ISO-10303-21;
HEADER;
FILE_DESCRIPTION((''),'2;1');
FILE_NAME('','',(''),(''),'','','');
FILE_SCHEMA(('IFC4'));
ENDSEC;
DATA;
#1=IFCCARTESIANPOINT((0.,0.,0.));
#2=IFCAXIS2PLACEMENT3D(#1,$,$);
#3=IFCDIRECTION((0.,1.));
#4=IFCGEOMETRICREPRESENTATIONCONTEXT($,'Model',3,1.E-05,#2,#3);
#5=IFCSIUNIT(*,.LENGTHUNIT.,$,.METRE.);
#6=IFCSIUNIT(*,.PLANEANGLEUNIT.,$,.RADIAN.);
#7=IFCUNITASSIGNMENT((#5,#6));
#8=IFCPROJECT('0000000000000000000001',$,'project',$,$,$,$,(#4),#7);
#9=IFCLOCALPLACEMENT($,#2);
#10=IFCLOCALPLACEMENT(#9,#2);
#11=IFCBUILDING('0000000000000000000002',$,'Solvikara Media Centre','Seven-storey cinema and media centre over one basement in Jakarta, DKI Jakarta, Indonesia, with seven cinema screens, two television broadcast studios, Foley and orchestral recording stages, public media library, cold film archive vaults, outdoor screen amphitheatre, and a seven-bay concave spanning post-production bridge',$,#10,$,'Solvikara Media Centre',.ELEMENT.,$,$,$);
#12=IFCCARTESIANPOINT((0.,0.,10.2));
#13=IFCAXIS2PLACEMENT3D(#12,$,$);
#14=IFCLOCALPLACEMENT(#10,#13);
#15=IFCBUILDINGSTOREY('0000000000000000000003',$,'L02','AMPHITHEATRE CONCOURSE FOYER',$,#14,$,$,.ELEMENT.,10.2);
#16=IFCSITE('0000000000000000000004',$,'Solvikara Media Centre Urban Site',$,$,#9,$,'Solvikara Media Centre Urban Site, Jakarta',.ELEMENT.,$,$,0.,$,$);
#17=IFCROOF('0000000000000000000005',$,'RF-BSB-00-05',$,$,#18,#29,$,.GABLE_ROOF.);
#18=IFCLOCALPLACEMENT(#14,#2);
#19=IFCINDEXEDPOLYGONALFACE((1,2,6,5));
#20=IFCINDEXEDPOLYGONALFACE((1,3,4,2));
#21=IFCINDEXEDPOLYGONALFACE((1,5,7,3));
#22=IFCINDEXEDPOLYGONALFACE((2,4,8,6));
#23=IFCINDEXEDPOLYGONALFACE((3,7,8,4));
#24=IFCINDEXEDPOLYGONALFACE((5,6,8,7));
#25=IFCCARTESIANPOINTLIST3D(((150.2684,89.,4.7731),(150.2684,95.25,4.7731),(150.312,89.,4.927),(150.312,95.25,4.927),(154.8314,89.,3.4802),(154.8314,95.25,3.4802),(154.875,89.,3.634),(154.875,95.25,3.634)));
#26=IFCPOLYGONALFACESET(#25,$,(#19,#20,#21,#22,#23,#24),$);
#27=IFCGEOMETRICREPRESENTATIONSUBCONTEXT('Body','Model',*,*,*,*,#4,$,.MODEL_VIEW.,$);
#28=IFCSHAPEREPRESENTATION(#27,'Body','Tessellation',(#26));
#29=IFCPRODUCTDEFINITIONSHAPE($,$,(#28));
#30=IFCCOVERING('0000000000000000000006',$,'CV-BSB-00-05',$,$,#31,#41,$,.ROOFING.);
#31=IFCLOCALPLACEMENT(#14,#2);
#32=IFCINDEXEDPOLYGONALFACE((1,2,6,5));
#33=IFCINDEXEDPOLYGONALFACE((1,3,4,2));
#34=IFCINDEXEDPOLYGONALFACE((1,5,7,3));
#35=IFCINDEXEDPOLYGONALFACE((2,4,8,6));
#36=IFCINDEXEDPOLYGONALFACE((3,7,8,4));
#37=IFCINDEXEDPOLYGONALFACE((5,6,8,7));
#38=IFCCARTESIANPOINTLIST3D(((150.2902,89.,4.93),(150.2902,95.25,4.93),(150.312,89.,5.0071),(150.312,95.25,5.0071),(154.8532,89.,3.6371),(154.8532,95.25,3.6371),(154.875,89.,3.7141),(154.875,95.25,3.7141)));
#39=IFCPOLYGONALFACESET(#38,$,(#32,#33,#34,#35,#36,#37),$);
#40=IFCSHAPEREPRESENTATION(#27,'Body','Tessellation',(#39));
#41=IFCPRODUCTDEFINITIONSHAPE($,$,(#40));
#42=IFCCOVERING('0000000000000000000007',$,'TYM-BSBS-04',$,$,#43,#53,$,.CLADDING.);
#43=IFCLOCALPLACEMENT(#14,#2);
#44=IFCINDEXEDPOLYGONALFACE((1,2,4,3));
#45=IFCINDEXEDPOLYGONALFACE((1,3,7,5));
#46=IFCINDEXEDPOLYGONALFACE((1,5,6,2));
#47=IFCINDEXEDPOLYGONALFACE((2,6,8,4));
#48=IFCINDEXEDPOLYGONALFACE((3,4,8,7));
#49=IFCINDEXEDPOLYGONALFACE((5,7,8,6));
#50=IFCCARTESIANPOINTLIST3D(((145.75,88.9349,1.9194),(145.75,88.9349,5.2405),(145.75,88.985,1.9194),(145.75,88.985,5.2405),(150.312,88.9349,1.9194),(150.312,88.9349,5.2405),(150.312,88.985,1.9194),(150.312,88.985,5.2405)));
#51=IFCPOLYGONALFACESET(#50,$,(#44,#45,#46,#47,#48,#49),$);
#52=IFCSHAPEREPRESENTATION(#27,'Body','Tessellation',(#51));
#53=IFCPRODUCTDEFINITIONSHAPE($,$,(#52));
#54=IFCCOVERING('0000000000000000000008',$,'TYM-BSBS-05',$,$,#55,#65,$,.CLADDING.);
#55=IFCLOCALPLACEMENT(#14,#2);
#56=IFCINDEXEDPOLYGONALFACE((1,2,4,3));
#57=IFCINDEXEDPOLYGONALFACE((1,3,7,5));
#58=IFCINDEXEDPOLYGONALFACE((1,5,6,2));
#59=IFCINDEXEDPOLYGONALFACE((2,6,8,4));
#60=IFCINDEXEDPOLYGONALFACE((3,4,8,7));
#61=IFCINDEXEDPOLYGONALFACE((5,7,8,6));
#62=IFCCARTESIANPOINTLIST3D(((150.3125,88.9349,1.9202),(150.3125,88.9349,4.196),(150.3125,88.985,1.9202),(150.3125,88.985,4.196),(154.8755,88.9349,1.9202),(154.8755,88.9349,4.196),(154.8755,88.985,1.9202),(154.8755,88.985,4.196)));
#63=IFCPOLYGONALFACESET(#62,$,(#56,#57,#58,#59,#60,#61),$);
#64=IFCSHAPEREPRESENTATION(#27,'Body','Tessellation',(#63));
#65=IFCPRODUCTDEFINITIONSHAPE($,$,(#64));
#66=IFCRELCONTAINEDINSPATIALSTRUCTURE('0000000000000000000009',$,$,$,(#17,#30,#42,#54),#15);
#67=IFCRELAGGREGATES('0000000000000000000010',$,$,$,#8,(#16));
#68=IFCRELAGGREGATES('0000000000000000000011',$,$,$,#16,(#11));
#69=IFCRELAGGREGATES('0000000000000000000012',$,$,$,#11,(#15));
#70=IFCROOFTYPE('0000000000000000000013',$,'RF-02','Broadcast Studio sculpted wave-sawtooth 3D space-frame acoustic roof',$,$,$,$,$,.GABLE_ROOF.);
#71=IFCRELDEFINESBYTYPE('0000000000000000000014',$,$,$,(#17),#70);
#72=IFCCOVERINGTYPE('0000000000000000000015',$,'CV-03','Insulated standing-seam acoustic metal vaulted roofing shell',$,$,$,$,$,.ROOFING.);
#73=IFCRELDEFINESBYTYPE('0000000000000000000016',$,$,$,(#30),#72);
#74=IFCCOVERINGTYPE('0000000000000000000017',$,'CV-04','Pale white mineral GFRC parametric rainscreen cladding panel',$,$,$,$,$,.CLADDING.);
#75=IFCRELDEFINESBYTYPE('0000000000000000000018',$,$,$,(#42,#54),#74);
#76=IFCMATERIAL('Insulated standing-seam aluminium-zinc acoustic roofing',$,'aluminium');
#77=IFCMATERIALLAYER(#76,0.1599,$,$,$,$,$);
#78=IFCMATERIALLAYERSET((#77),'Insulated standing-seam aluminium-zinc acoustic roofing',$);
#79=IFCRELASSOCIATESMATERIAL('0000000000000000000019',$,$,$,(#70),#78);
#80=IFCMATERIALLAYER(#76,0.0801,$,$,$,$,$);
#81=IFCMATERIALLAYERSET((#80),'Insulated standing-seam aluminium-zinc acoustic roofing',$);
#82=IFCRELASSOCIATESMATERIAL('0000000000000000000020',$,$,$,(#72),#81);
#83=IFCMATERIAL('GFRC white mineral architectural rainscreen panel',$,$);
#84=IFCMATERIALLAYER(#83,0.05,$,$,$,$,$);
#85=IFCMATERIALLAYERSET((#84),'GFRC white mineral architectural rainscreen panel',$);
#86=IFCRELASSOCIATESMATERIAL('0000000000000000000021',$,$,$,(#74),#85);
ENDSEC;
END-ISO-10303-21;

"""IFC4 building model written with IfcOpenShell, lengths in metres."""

from ifc_helpers import new_model, si_unit, direction, frame, origin, origin_2d, place, context, subcontext, project, spatial, polyline, rectangle, outline, extrude, material, layer, layer_set, type_object, element, save


model = new_model("IFC4")

# Units and contexts
model_context = context("Model", 3, precision=1e-05, world=origin(), true_north=direction((0.0, 1.0)))
body_context = subcontext(model_context, "Body", "Model", "MODEL_VIEW")
ifc_project = project(units=[si_unit("LENGTHUNIT", "METRE"), si_unit("PLANEANGLEUNIT", "RADIAN")], contexts=[model_context])

# Site, building, storey
site_placement = place(None, origin())
site = spatial("IfcSite", under=ifc_project, at=site_placement, Name="Solvikara Media Centre Urban Site", LongName="Solvikara Media Centre Urban Site, Jakarta", CompositionType="ELEMENT", RefElevation=0.0)
building_placement = place(site_placement, origin())
building = spatial("IfcBuilding", under=site, at=building_placement, Name="Solvikara Media Centre", Description="Seven-storey cinema and media centre over one basement in Jakarta, DKI Jakarta, Indonesia, with seven cinema screens, two television broadcast studios, Foley and orchestral recording stages, public media library, cold film archive vaults, outdoor screen amphitheatre, and a seven-bay concave spanning post-production bridge", LongName="Solvikara Media Centre", CompositionType="ELEMENT")
storey_placement = place(building_placement, frame((0.0, 0.0, 10.2)))
storey = spatial("IfcBuildingStorey", under=building, at=storey_placement, Name="L02", Description="AMPHITHEATRE CONCOURSE FOYER", CompositionType="ELEMENT", Elevation=10.2)

# Roof
ifc_material_1 = material(Name="Insulated standing-seam aluminium-zinc acoustic roofing", Category="aluminium")
ifc_layer_1 = layer(ifc_material_1, 0.1599)
ifc_layer_set_1 = layer_set([ifc_layer_1], Name="Insulated standing-seam aluminium-zinc acoustic roofing")
roof_type = type_object("IfcRoofType", Name="RF-02", Description="Broadcast Studio sculpted wave-sawtooth 3D space-frame acoustic roof", PredefinedType="GABLE_ROOF", material=ifc_layer_set_1)
roof_placement = place(storey_placement, frame((150.312, 89.0, 4.927), z_axis=(0.272626, 0.0, 0.96212), x_axis=(0.96212, 0.0, -0.272626)))
element("IfcRoof", 1, at=roof_placement, inside=storey, type_object=roof_type, Name="RF-BSB-00-05", PredefinedType="GABLE_ROOF", context=body_context, shape_type="SweptSolid", body=[
    extrude(outline(polyline([(0.0, 0.0), (4.7426, 0.0), (4.7426, 6.25), (0.0, 6.25), (0.0, 0.0)])), origin(), (0.0, 0.0, -1.0), 0.1599),
])

# Coverings
ifc_layer_2 = layer(ifc_material_1, 0.0801)
ifc_layer_set_2 = layer_set([ifc_layer_2], Name="Insulated standing-seam aluminium-zinc acoustic roofing")
covering_type_1 = type_object("IfcCoveringType", Name="CV-03", Description="Insulated standing-seam acoustic metal vaulted roofing shell", PredefinedType="ROOFING", material=ifc_layer_set_2)
covering_1_placement = place(storey_placement, frame((150.312, 89.0, 5.0071), z_axis=(0.272626, 0.0, 0.96212), x_axis=(0.96212, 0.0, -0.272626)))
element("IfcCovering", 2, at=covering_1_placement, inside=storey, type_object=covering_type_1, Name="CV-BSB-00-05", PredefinedType="ROOFING", context=body_context, shape_type="SweptSolid", body=[
    extrude(outline(polyline([(0.0, 0.0), (4.7426, 0.0), (4.7426, 6.25), (0.0, 6.25), (0.0, 0.0)])), origin(), (0.0, 0.0, -1.0), 0.0801),
])
ifc_material_2 = material(Name="GFRC white mineral architectural rainscreen panel")
ifc_layer_3 = layer(ifc_material_2, 0.05)
ifc_layer_set_3 = layer_set([ifc_layer_3], Name="GFRC white mineral architectural rainscreen panel")
covering_type_2 = type_object("IfcCoveringType", Name="CV-04", Description="Pale white mineral GFRC parametric rainscreen cladding panel", PredefinedType="CLADDING", material=ifc_layer_set_3)
covering_2_placement = place(storey_placement, frame((148.031, 88.96, 1.9194), z_axis=(0.0, 0.0, 1.0), x_axis=(1.0, 0.0, 0.0)))
element("IfcCovering", 3, at=covering_2_placement, inside=storey, type_object=covering_type_2, Name="TYM-BSBS-04", PredefinedType="CLADDING", context=body_context, shape_type="SweptSolid", body=[
    extrude(rectangle(XDim=4.562, YDim=0.05, at=origin_2d()), origin(), (0.0, 0.0, 1.0), 3.321),
])
covering_3_placement = place(storey_placement, frame((152.594, 88.96, 1.9202), z_axis=(0.0, 0.0, 1.0), x_axis=(1.0, 0.0, 0.0)))
element("IfcCovering", 4, at=covering_3_placement, inside=storey, type_object=covering_type_2, Name="TYM-BSBS-05", PredefinedType="CLADDING", context=body_context, shape_type="SweptSolid", body=[
    extrude(rectangle(XDim=4.563, YDim=0.05, at=origin_2d()), origin(), (0.0, 0.0, 1.0), 2.2759),
])

save(model, "model.ifc")
